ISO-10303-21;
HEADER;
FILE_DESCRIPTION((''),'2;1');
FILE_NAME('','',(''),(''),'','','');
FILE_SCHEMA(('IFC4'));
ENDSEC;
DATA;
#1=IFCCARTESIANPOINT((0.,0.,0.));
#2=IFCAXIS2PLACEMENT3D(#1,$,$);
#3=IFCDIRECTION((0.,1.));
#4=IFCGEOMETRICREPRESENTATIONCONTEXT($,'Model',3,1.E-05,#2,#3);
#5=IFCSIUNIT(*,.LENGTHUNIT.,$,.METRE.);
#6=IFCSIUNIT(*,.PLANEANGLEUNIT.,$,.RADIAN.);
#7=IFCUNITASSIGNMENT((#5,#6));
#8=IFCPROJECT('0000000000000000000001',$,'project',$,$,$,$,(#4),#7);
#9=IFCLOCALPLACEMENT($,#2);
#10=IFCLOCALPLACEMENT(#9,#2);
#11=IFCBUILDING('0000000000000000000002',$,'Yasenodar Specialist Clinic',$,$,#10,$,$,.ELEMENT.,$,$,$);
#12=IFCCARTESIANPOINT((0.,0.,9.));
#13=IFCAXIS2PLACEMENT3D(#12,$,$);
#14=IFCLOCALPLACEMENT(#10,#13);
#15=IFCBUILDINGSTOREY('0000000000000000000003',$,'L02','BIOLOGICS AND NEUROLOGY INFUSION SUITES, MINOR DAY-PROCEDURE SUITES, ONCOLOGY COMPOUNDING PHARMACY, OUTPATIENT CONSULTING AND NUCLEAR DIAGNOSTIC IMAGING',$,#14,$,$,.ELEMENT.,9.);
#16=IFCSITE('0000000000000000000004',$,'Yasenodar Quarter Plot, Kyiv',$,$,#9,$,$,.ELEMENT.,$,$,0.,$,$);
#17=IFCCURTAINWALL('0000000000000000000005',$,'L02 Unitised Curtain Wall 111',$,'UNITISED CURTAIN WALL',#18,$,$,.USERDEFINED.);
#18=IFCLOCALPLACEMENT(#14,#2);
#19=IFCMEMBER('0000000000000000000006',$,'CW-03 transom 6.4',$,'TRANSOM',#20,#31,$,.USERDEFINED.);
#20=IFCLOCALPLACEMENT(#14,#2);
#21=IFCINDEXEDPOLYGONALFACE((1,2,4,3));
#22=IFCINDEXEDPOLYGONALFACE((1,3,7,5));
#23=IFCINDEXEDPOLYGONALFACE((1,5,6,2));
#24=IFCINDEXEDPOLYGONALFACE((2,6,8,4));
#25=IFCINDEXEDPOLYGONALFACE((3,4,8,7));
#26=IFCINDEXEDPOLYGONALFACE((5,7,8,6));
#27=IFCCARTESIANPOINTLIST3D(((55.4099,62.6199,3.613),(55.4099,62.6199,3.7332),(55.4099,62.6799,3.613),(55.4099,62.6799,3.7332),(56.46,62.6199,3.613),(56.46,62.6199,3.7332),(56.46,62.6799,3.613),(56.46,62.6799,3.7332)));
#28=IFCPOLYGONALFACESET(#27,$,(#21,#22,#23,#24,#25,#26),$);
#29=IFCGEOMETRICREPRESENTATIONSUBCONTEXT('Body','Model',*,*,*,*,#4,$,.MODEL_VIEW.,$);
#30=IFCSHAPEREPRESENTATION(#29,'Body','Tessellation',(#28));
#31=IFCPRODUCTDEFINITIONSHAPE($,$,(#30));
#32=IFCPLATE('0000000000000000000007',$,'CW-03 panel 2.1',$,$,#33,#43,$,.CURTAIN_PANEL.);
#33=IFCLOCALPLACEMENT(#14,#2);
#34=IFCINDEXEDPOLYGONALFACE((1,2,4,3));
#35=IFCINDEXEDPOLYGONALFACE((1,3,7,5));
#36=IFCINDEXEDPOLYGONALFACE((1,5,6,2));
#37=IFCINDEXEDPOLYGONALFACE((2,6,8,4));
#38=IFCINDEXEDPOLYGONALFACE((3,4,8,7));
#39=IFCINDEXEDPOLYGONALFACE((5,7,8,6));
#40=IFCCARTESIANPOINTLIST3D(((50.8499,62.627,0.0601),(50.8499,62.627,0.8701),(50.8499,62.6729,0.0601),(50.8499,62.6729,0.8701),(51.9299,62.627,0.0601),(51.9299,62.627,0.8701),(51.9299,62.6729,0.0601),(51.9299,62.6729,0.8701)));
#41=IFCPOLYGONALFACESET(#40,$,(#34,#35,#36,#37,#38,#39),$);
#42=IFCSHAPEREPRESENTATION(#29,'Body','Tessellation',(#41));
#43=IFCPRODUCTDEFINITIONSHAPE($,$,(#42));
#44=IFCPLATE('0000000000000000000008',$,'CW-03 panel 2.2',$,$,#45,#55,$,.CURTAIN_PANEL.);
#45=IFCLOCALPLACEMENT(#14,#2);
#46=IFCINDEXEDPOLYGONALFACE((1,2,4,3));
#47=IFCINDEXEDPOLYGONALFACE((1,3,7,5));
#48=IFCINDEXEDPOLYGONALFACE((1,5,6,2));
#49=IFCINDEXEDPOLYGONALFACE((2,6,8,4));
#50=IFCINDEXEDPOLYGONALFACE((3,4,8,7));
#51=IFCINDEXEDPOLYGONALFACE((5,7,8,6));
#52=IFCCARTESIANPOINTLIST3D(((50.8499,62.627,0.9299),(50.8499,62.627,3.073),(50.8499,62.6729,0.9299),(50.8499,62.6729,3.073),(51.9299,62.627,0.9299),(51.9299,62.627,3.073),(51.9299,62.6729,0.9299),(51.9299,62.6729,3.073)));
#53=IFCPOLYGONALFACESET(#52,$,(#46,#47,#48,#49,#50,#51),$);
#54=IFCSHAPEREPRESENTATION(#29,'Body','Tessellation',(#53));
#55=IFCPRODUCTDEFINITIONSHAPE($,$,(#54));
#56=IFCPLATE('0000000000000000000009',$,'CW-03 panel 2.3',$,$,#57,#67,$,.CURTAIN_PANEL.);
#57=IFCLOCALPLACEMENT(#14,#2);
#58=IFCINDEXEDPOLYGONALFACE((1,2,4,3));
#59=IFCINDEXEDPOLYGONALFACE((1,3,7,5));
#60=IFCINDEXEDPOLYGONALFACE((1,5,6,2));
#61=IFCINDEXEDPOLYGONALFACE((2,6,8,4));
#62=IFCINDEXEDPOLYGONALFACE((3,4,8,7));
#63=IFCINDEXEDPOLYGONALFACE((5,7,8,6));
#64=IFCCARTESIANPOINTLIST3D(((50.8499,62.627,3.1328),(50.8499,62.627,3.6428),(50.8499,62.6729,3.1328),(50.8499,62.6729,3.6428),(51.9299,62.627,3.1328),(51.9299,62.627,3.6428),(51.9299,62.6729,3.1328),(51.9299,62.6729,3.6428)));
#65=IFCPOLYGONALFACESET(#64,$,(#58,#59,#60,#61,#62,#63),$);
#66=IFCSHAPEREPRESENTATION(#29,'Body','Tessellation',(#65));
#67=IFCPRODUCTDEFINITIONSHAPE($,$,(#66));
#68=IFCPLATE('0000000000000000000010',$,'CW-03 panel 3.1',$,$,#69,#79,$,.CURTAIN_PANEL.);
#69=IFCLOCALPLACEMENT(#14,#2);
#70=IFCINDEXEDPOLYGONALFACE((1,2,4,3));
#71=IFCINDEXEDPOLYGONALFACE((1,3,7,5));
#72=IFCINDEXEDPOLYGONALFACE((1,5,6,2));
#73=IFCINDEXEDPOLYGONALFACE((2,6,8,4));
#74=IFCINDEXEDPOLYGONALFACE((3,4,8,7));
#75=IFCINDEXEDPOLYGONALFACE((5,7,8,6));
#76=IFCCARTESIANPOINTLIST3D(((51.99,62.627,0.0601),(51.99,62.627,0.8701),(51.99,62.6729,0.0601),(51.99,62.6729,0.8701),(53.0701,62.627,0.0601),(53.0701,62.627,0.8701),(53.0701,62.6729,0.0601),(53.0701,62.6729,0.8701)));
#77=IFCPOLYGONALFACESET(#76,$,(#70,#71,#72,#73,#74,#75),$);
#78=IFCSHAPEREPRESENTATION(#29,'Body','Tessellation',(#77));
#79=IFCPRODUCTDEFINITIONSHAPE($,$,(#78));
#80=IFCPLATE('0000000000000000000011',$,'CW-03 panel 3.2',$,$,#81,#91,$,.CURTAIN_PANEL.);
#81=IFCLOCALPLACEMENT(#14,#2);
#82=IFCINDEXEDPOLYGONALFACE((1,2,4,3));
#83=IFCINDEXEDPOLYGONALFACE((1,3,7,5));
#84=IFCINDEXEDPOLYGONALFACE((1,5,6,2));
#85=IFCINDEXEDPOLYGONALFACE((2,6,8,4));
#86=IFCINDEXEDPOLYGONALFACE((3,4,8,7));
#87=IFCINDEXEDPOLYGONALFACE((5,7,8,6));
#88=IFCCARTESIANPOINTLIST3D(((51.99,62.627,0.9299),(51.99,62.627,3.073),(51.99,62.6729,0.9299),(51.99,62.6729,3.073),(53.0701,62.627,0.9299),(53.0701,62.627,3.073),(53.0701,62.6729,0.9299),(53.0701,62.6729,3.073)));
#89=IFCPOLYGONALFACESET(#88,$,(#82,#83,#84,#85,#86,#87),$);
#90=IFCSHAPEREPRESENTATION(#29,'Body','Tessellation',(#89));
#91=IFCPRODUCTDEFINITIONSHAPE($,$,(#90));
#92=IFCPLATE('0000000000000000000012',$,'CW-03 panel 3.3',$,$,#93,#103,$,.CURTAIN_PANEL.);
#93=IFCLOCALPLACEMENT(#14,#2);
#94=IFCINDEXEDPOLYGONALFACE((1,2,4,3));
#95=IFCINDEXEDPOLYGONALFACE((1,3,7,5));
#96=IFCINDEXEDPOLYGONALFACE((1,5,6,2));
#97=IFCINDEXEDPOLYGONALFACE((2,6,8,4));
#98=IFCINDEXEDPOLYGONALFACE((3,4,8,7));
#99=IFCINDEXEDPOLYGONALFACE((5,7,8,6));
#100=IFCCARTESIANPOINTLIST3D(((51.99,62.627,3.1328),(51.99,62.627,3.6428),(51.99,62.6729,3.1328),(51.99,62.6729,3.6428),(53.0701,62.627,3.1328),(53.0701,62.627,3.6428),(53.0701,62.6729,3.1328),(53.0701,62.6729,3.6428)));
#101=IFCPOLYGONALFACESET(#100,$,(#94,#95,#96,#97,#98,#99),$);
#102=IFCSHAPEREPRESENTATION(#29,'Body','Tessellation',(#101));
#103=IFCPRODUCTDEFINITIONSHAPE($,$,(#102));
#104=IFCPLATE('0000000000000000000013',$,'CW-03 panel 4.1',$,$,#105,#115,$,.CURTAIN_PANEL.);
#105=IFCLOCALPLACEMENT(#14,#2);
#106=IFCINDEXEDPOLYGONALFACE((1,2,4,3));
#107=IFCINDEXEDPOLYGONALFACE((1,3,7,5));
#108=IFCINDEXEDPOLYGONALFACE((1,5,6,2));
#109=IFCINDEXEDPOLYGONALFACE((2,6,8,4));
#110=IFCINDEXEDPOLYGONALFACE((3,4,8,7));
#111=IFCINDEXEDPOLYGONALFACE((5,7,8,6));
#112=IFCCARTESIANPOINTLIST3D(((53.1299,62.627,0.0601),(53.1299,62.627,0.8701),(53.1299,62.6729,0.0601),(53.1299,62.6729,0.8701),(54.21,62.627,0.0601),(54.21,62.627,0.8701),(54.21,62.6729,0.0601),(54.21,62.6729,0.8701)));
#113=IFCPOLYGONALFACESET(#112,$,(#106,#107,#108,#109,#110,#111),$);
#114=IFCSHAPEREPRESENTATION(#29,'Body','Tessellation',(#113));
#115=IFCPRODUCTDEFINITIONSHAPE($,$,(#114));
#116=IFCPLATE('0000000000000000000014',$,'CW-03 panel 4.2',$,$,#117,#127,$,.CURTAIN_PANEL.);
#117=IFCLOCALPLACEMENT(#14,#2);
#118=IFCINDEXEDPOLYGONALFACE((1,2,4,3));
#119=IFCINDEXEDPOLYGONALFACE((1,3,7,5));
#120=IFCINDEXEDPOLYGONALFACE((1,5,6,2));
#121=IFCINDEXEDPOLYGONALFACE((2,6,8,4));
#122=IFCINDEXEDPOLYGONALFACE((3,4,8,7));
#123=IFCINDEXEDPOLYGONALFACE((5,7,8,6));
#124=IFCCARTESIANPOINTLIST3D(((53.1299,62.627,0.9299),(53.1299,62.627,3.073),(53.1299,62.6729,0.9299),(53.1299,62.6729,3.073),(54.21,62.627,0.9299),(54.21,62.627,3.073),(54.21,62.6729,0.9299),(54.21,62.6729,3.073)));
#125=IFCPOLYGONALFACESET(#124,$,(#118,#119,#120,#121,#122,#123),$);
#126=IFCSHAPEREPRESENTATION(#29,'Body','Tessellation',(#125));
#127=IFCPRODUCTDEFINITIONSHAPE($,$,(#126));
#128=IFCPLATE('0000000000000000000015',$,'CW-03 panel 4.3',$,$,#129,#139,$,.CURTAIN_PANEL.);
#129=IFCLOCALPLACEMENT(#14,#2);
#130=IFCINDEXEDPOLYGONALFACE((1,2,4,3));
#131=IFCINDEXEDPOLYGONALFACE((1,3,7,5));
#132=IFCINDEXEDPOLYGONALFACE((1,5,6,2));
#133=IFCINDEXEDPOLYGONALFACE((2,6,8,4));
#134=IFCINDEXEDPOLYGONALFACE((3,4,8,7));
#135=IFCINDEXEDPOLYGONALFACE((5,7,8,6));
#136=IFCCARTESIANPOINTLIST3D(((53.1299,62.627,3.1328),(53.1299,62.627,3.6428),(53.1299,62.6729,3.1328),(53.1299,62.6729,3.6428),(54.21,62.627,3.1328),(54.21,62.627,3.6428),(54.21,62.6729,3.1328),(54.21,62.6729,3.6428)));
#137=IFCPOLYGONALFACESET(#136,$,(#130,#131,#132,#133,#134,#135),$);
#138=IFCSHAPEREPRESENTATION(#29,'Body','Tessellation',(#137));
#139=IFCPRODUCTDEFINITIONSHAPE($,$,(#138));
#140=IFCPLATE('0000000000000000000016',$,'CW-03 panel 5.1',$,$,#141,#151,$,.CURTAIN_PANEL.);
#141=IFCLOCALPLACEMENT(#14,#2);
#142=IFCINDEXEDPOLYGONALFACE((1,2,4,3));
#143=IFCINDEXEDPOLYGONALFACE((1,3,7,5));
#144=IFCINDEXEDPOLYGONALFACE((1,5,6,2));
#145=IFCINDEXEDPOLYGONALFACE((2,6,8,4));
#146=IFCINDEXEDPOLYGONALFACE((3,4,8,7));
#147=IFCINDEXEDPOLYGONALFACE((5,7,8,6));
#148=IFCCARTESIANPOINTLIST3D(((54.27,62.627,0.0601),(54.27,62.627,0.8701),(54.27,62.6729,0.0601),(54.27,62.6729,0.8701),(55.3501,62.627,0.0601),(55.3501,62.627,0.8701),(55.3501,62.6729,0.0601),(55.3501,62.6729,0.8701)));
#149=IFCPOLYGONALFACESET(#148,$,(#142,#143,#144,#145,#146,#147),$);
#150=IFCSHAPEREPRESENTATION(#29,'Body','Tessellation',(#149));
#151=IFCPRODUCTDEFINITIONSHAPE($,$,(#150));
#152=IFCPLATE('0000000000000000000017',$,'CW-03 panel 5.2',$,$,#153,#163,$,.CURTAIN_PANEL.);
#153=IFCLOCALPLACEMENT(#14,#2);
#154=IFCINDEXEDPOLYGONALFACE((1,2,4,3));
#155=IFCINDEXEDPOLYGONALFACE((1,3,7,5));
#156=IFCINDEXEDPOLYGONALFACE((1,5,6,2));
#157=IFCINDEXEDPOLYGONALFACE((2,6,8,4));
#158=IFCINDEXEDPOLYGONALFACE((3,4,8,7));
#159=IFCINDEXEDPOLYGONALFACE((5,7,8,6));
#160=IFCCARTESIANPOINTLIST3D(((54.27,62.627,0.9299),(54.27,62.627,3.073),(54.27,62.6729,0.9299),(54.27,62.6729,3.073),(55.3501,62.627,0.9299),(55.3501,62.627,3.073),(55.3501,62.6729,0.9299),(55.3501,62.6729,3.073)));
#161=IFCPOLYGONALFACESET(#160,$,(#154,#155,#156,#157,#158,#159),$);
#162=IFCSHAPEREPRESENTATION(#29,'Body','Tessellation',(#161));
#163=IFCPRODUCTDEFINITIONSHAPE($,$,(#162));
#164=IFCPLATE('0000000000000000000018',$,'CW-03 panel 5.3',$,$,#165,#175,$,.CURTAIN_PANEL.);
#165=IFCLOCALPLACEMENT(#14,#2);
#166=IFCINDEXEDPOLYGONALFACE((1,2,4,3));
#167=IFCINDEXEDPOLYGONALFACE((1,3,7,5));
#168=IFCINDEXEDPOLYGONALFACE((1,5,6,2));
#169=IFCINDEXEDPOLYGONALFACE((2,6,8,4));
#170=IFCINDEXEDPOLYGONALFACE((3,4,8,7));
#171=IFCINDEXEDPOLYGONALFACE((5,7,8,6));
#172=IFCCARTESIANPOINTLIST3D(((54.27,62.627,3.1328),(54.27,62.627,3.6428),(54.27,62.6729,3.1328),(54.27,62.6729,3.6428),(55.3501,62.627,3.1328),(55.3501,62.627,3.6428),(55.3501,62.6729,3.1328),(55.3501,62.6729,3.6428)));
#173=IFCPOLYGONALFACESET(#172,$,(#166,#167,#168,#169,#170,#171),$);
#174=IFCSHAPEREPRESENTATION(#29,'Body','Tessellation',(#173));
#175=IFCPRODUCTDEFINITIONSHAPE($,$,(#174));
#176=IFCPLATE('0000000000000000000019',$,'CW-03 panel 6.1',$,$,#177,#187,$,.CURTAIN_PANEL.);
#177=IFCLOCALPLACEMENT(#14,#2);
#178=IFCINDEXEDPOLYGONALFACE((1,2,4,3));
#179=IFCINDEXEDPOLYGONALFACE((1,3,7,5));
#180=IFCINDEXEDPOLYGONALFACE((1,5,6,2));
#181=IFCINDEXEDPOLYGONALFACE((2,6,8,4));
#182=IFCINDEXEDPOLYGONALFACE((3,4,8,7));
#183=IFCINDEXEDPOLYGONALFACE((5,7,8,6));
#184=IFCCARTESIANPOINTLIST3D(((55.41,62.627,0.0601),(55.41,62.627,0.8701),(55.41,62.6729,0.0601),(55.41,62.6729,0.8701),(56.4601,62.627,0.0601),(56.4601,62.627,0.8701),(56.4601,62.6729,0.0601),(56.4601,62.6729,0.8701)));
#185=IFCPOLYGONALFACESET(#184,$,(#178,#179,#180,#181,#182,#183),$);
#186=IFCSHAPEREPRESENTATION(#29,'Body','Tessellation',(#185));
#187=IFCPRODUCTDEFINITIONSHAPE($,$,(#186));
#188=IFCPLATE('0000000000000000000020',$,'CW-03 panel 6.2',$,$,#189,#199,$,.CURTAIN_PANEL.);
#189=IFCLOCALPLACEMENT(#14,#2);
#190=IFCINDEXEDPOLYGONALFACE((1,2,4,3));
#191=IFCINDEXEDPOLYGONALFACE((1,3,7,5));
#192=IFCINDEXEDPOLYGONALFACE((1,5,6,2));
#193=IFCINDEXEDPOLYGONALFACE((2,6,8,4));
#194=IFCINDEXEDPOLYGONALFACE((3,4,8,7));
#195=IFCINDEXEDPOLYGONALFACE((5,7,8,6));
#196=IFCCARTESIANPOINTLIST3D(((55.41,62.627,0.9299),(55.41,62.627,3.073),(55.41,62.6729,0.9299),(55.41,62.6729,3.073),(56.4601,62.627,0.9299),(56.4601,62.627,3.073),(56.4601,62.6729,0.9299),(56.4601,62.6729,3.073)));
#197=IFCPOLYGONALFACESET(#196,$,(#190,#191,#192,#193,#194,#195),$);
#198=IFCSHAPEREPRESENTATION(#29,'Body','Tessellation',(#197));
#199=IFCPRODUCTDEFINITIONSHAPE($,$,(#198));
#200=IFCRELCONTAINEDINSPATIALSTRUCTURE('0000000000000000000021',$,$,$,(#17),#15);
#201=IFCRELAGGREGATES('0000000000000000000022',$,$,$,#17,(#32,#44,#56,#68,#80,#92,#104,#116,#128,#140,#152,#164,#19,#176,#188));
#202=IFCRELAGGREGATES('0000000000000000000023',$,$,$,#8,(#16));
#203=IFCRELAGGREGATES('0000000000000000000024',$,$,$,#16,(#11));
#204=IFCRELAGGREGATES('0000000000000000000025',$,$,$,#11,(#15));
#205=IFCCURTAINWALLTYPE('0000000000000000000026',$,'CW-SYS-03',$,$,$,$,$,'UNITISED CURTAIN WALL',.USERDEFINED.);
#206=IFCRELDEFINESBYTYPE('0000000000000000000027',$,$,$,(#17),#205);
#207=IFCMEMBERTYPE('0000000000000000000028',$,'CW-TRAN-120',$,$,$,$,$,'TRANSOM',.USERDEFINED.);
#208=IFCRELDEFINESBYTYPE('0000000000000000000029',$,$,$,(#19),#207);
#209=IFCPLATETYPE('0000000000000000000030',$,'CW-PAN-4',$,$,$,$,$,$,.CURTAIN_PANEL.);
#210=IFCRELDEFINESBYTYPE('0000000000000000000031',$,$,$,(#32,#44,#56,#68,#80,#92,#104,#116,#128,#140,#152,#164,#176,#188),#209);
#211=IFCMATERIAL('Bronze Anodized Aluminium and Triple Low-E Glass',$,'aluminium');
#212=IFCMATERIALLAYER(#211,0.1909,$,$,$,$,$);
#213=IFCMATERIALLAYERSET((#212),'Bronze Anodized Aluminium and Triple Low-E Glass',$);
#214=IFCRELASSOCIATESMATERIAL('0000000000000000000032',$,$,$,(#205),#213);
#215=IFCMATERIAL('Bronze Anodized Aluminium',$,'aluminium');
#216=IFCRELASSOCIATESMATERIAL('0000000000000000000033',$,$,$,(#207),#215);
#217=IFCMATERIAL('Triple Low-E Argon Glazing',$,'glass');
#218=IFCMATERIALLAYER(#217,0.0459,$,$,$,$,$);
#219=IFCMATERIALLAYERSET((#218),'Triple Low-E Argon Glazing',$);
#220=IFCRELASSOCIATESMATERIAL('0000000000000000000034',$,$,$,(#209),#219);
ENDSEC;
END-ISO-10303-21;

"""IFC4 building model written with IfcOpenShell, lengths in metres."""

from ifc_helpers import new_model, si_unit, direction, frame, origin, origin_2d, place, context, subcontext, project, spatial, rectangle, extrude, material, layer, layer_set, material_profile, profile_set, type_object, element, aggregate, save


model = new_model("IFC4")

# Units and contexts
model_context = context("Model", 3, precision=1e-05, world=origin(), true_north=direction((0.0, 1.0)))
body_context = subcontext(model_context, "Body", "Model", "MODEL_VIEW")
ifc_project = project(units=[si_unit("LENGTHUNIT", "METRE"), si_unit("PLANEANGLEUNIT", "RADIAN")], contexts=[model_context])

# Site, building, storey
site_placement = place(None, origin())
site = spatial("IfcSite", under=ifc_project, at=site_placement, Name="Yasenodar Quarter Plot, Kyiv", CompositionType="ELEMENT", RefElevation=0.0)
building_placement = place(site_placement, origin())
building = spatial("IfcBuilding", under=site, at=building_placement, Name="Yasenodar Specialist Clinic", CompositionType="ELEMENT")
storey_placement = place(building_placement, frame((0.0, 0.0, 9.0)))
storey = spatial("IfcBuildingStorey", under=building, at=storey_placement, Name="L02", Description="BIOLOGICS AND NEUROLOGY INFUSION SUITES, MINOR DAY-PROCEDURE SUITES, ONCOLOGY COMPOUNDING PHARMACY, OUTPATIENT CONSULTING AND NUCLEAR DIAGNOSTIC IMAGING", CompositionType="ELEMENT", Elevation=9.0)

# Curtain wall, member, plates
ifc_material_1 = material(Name="Bronze Anodized Aluminium and Triple Low-E Glass", Category="aluminium")
ifc_layer_1 = layer(ifc_material_1, 0.1909)
ifc_layer_set_1 = layer_set([ifc_layer_1], Name="Bronze Anodized Aluminium and Triple Low-E Glass")
curtain_wall_type = type_object("IfcCurtainWallType", Name="CW-SYS-03", ElementType="UNITISED CURTAIN WALL", PredefinedType="USERDEFINED", material=ifc_layer_set_1)
curtain_wall_placement = place(storey_placement, origin())
curtain_wall = element("IfcCurtainWall", 1, at=curtain_wall_placement, inside=storey, type_object=curtain_wall_type, Name="L02 Unitised Curtain Wall 111", ObjectType="UNITISED CURTAIN WALL", PredefinedType="USERDEFINED")
ifc_material_2 = material(Name="Bronze Anodized Aluminium", Category="aluminium")
ifc_material_profile_1 = material_profile(ifc_material_2, rectangle(XDim=0.0601, YDim=0.1201, at=origin_2d()), Name="CW-TRAN 60x120")
ifc_profile_set_1 = profile_set([ifc_material_profile_1], Name="Bronze Anodized Aluminium")
member_type_1 = type_object("IfcMemberType", Name="CW-TRAN-120", ElementType="TRANSOM", PredefinedType="USERDEFINED", material=ifc_profile_set_1)
member_1_placement = place(storey_placement, frame((55.4099, 62.6499, 3.6731), z_axis=(1.0, 0.0, 0.0), x_axis=(0.0, 1.0, 0.0)))
member_1 = element("IfcMember", 2, at=member_1_placement, type_object=member_type_1, Name="CW-03 transom 6.4", ObjectType="TRANSOM", PredefinedType="USERDEFINED", context=body_context, shape_type="SweptSolid", body=[
    extrude(rectangle(XDim=0.0601, YDim=0.1201, at=origin_2d()), origin(), (0.0, 0.0, 1.0), 1.05),
])
ifc_material_3 = material(Name="Triple Low-E Argon Glazing", Category="glass")
ifc_layer_2 = layer(ifc_material_3, 0.0459)
ifc_layer_set_2 = layer_set([ifc_layer_2], Name="Triple Low-E Argon Glazing")
plate_type = type_object("IfcPlateType", Name="CW-PAN-4", PredefinedType="CURTAIN_PANEL", material=ifc_layer_set_2)
plate_1_placement = place(storey_placement, frame((51.3899, 62.6499, 0.0601), z_axis=(0.0, 0.0, 1.0), x_axis=(1.0, 0.0, 0.0)))
plate_1 = element("IfcPlate", 3, at=plate_1_placement, type_object=plate_type, Name="CW-03 panel 2.1", PredefinedType="CURTAIN_PANEL", context=body_context, shape_type="SweptSolid", body=[
    extrude(rectangle(XDim=1.0801, YDim=0.0459, at=origin_2d()), origin(), (0.0, 0.0, 1.0), 0.8101),
])
plate_2_placement = place(storey_placement, frame((51.3899, 62.6499, 0.9299), z_axis=(0.0, 0.0, 1.0), x_axis=(1.0, 0.0, 0.0)))
plate_2 = element("IfcPlate", 4, at=plate_2_placement, type_object=plate_type, Name="CW-03 panel 2.2", PredefinedType="CURTAIN_PANEL", context=body_context, shape_type="SweptSolid", body=[
    extrude(rectangle(XDim=1.0801, YDim=0.0459, at=origin_2d()), origin(), (0.0, 0.0, 1.0), 2.1431),
])
plate_3_placement = place(storey_placement, frame((51.3899, 62.6499, 3.1328), z_axis=(0.0, 0.0, 1.0), x_axis=(1.0, 0.0, 0.0)))
plate_3 = element("IfcPlate", 5, at=plate_3_placement, type_object=plate_type, Name="CW-03 panel 2.3", PredefinedType="CURTAIN_PANEL", context=body_context, shape_type="SweptSolid", body=[
    extrude(rectangle(XDim=1.0801, YDim=0.0459, at=origin_2d()), origin(), (0.0, 0.0, 1.0), 0.51),
])
plate_4_placement = place(storey_placement, frame((52.53, 62.6499, 0.0601), z_axis=(0.0, 0.0, 1.0), x_axis=(1.0, 0.0, 0.0)))
plate_4 = element("IfcPlate", 6, at=plate_4_placement, type_object=plate_type, Name="CW-03 panel 3.1", PredefinedType="CURTAIN_PANEL", context=body_context, shape_type="SweptSolid", body=[
    extrude(rectangle(XDim=1.0801, YDim=0.0459, at=origin_2d()), origin(), (0.0, 0.0, 1.0), 0.8101),
])
plate_5_placement = place(storey_placement, frame((52.53, 62.6499, 0.9299), z_axis=(0.0, 0.0, 1.0), x_axis=(1.0, 0.0, 0.0)))
plate_5 = element("IfcPlate", 7, at=plate_5_placement, type_object=plate_type, Name="CW-03 panel 3.2", PredefinedType="CURTAIN_PANEL", context=body_context, shape_type="SweptSolid", body=[
    extrude(rectangle(XDim=1.0801, YDim=0.0459, at=origin_2d()), origin(), (0.0, 0.0, 1.0), 2.1431),
])
plate_6_placement = place(storey_placement, frame((52.53, 62.6499, 3.1328), z_axis=(0.0, 0.0, 1.0), x_axis=(1.0, 0.0, 0.0)))
plate_6 = element("IfcPlate", 8, at=plate_6_placement, type_object=plate_type, Name="CW-03 panel 3.3", PredefinedType="CURTAIN_PANEL", context=body_context, shape_type="SweptSolid", body=[
    extrude(rectangle(XDim=1.0801, YDim=0.0459, at=origin_2d()), origin(), (0.0, 0.0, 1.0), 0.51),
])
plate_7_placement = place(storey_placement, frame((53.6699, 62.6499, 0.0601), z_axis=(0.0, 0.0, 1.0), x_axis=(1.0, 0.0, 0.0)))
plate_7 = element("IfcPlate", 9, at=plate_7_placement, type_object=plate_type, Name="CW-03 panel 4.1", PredefinedType="CURTAIN_PANEL", context=body_context, shape_type="SweptSolid", body=[
    extrude(rectangle(XDim=1.0801, YDim=0.0459, at=origin_2d()), origin(), (0.0, 0.0, 1.0), 0.8101),
])
plate_8_placement = place(storey_placement, frame((53.6699, 62.6499, 0.9299), z_axis=(0.0, 0.0, 1.0), x_axis=(1.0, 0.0, 0.0)))
plate_8 = element("IfcPlate", 10, at=plate_8_placement, type_object=plate_type, Name="CW-03 panel 4.2", PredefinedType="CURTAIN_PANEL", context=body_context, shape_type="SweptSolid", body=[
    extrude(rectangle(XDim=1.0801, YDim=0.0459, at=origin_2d()), origin(), (0.0, 0.0, 1.0), 2.1431),
])
plate_9_placement = place(storey_placement, frame((53.6699, 62.6499, 3.1328), z_axis=(0.0, 0.0, 1.0), x_axis=(1.0, 0.0, 0.0)))
plate_9 = element("IfcPlate", 11, at=plate_9_placement, type_object=plate_type, Name="CW-03 panel 4.3", PredefinedType="CURTAIN_PANEL", context=body_context, shape_type="SweptSolid", body=[
    extrude(rectangle(XDim=1.0801, YDim=0.0459, at=origin_2d()), origin(), (0.0, 0.0, 1.0), 0.51),
])
plate_10_placement = place(storey_placement, frame((54.8101, 62.6499, 0.0601), z_axis=(0.0, 0.0, 1.0), x_axis=(1.0, 0.0, 0.0)))
plate_10 = element("IfcPlate", 12, at=plate_10_placement, type_object=plate_type, Name="CW-03 panel 5.1", PredefinedType="CURTAIN_PANEL", context=body_context, shape_type="SweptSolid", body=[
    extrude(rectangle(XDim=1.0801, YDim=0.0459, at=origin_2d()), origin(), (0.0, 0.0, 1.0), 0.8101),
])
plate_11_placement = place(storey_placement, frame((54.8101, 62.6499, 0.9299), z_axis=(0.0, 0.0, 1.0), x_axis=(1.0, 0.0, 0.0)))
plate_11 = element("IfcPlate", 13, at=plate_11_placement, type_object=plate_type, Name="CW-03 panel 5.2", PredefinedType="CURTAIN_PANEL", context=body_context, shape_type="SweptSolid", body=[
    extrude(rectangle(XDim=1.0801, YDim=0.0459, at=origin_2d()), origin(), (0.0, 0.0, 1.0), 2.1431),
])
plate_12_placement = place(storey_placement, frame((54.8101, 62.6499, 3.1328), z_axis=(0.0, 0.0, 1.0), x_axis=(1.0, 0.0, 0.0)))
plate_12 = element("IfcPlate", 14, at=plate_12_placement, type_object=plate_type, Name="CW-03 panel 5.3", PredefinedType="CURTAIN_PANEL", context=body_context, shape_type="SweptSolid", body=[
    extrude(rectangle(XDim=1.0801, YDim=0.0459, at=origin_2d()), origin(), (0.0, 0.0, 1.0), 0.51),
])
plate_13_placement = place(storey_placement, frame((55.9351, 62.6499, 0.0601), z_axis=(0.0, 0.0, 1.0), x_axis=(1.0, 0.0, 0.0)))
plate_13 = element("IfcPlate", 15, at=plate_13_placement, type_object=plate_type, Name="CW-03 panel 6.1", PredefinedType="CURTAIN_PANEL", context=body_context, shape_type="SweptSolid", body=[
    extrude(rectangle(XDim=1.05, YDim=0.0459, at=origin_2d()), origin(), (0.0, 0.0, 1.0), 0.8101),
])
plate_14_placement = place(storey_placement, frame((55.9351, 62.6499, 0.9299), z_axis=(0.0, 0.0, 1.0), x_axis=(1.0, 0.0, 0.0)))
plate_14 = element("IfcPlate", 16, at=plate_14_placement, type_object=plate_type, Name="CW-03 panel 6.2", PredefinedType="CURTAIN_PANEL", context=body_context, shape_type="SweptSolid", body=[
    extrude(rectangle(XDim=1.05, YDim=0.0459, at=origin_2d()), origin(), (0.0, 0.0, 1.0), 2.1431),
])
aggregate(curtain_wall, [plate_1, plate_2, plate_3, plate_4, plate_5, plate_6, plate_7, plate_8, plate_9, plate_10, plate_11, plate_12, member_1, plate_13, plate_14])

save(model, "model.ifc")
